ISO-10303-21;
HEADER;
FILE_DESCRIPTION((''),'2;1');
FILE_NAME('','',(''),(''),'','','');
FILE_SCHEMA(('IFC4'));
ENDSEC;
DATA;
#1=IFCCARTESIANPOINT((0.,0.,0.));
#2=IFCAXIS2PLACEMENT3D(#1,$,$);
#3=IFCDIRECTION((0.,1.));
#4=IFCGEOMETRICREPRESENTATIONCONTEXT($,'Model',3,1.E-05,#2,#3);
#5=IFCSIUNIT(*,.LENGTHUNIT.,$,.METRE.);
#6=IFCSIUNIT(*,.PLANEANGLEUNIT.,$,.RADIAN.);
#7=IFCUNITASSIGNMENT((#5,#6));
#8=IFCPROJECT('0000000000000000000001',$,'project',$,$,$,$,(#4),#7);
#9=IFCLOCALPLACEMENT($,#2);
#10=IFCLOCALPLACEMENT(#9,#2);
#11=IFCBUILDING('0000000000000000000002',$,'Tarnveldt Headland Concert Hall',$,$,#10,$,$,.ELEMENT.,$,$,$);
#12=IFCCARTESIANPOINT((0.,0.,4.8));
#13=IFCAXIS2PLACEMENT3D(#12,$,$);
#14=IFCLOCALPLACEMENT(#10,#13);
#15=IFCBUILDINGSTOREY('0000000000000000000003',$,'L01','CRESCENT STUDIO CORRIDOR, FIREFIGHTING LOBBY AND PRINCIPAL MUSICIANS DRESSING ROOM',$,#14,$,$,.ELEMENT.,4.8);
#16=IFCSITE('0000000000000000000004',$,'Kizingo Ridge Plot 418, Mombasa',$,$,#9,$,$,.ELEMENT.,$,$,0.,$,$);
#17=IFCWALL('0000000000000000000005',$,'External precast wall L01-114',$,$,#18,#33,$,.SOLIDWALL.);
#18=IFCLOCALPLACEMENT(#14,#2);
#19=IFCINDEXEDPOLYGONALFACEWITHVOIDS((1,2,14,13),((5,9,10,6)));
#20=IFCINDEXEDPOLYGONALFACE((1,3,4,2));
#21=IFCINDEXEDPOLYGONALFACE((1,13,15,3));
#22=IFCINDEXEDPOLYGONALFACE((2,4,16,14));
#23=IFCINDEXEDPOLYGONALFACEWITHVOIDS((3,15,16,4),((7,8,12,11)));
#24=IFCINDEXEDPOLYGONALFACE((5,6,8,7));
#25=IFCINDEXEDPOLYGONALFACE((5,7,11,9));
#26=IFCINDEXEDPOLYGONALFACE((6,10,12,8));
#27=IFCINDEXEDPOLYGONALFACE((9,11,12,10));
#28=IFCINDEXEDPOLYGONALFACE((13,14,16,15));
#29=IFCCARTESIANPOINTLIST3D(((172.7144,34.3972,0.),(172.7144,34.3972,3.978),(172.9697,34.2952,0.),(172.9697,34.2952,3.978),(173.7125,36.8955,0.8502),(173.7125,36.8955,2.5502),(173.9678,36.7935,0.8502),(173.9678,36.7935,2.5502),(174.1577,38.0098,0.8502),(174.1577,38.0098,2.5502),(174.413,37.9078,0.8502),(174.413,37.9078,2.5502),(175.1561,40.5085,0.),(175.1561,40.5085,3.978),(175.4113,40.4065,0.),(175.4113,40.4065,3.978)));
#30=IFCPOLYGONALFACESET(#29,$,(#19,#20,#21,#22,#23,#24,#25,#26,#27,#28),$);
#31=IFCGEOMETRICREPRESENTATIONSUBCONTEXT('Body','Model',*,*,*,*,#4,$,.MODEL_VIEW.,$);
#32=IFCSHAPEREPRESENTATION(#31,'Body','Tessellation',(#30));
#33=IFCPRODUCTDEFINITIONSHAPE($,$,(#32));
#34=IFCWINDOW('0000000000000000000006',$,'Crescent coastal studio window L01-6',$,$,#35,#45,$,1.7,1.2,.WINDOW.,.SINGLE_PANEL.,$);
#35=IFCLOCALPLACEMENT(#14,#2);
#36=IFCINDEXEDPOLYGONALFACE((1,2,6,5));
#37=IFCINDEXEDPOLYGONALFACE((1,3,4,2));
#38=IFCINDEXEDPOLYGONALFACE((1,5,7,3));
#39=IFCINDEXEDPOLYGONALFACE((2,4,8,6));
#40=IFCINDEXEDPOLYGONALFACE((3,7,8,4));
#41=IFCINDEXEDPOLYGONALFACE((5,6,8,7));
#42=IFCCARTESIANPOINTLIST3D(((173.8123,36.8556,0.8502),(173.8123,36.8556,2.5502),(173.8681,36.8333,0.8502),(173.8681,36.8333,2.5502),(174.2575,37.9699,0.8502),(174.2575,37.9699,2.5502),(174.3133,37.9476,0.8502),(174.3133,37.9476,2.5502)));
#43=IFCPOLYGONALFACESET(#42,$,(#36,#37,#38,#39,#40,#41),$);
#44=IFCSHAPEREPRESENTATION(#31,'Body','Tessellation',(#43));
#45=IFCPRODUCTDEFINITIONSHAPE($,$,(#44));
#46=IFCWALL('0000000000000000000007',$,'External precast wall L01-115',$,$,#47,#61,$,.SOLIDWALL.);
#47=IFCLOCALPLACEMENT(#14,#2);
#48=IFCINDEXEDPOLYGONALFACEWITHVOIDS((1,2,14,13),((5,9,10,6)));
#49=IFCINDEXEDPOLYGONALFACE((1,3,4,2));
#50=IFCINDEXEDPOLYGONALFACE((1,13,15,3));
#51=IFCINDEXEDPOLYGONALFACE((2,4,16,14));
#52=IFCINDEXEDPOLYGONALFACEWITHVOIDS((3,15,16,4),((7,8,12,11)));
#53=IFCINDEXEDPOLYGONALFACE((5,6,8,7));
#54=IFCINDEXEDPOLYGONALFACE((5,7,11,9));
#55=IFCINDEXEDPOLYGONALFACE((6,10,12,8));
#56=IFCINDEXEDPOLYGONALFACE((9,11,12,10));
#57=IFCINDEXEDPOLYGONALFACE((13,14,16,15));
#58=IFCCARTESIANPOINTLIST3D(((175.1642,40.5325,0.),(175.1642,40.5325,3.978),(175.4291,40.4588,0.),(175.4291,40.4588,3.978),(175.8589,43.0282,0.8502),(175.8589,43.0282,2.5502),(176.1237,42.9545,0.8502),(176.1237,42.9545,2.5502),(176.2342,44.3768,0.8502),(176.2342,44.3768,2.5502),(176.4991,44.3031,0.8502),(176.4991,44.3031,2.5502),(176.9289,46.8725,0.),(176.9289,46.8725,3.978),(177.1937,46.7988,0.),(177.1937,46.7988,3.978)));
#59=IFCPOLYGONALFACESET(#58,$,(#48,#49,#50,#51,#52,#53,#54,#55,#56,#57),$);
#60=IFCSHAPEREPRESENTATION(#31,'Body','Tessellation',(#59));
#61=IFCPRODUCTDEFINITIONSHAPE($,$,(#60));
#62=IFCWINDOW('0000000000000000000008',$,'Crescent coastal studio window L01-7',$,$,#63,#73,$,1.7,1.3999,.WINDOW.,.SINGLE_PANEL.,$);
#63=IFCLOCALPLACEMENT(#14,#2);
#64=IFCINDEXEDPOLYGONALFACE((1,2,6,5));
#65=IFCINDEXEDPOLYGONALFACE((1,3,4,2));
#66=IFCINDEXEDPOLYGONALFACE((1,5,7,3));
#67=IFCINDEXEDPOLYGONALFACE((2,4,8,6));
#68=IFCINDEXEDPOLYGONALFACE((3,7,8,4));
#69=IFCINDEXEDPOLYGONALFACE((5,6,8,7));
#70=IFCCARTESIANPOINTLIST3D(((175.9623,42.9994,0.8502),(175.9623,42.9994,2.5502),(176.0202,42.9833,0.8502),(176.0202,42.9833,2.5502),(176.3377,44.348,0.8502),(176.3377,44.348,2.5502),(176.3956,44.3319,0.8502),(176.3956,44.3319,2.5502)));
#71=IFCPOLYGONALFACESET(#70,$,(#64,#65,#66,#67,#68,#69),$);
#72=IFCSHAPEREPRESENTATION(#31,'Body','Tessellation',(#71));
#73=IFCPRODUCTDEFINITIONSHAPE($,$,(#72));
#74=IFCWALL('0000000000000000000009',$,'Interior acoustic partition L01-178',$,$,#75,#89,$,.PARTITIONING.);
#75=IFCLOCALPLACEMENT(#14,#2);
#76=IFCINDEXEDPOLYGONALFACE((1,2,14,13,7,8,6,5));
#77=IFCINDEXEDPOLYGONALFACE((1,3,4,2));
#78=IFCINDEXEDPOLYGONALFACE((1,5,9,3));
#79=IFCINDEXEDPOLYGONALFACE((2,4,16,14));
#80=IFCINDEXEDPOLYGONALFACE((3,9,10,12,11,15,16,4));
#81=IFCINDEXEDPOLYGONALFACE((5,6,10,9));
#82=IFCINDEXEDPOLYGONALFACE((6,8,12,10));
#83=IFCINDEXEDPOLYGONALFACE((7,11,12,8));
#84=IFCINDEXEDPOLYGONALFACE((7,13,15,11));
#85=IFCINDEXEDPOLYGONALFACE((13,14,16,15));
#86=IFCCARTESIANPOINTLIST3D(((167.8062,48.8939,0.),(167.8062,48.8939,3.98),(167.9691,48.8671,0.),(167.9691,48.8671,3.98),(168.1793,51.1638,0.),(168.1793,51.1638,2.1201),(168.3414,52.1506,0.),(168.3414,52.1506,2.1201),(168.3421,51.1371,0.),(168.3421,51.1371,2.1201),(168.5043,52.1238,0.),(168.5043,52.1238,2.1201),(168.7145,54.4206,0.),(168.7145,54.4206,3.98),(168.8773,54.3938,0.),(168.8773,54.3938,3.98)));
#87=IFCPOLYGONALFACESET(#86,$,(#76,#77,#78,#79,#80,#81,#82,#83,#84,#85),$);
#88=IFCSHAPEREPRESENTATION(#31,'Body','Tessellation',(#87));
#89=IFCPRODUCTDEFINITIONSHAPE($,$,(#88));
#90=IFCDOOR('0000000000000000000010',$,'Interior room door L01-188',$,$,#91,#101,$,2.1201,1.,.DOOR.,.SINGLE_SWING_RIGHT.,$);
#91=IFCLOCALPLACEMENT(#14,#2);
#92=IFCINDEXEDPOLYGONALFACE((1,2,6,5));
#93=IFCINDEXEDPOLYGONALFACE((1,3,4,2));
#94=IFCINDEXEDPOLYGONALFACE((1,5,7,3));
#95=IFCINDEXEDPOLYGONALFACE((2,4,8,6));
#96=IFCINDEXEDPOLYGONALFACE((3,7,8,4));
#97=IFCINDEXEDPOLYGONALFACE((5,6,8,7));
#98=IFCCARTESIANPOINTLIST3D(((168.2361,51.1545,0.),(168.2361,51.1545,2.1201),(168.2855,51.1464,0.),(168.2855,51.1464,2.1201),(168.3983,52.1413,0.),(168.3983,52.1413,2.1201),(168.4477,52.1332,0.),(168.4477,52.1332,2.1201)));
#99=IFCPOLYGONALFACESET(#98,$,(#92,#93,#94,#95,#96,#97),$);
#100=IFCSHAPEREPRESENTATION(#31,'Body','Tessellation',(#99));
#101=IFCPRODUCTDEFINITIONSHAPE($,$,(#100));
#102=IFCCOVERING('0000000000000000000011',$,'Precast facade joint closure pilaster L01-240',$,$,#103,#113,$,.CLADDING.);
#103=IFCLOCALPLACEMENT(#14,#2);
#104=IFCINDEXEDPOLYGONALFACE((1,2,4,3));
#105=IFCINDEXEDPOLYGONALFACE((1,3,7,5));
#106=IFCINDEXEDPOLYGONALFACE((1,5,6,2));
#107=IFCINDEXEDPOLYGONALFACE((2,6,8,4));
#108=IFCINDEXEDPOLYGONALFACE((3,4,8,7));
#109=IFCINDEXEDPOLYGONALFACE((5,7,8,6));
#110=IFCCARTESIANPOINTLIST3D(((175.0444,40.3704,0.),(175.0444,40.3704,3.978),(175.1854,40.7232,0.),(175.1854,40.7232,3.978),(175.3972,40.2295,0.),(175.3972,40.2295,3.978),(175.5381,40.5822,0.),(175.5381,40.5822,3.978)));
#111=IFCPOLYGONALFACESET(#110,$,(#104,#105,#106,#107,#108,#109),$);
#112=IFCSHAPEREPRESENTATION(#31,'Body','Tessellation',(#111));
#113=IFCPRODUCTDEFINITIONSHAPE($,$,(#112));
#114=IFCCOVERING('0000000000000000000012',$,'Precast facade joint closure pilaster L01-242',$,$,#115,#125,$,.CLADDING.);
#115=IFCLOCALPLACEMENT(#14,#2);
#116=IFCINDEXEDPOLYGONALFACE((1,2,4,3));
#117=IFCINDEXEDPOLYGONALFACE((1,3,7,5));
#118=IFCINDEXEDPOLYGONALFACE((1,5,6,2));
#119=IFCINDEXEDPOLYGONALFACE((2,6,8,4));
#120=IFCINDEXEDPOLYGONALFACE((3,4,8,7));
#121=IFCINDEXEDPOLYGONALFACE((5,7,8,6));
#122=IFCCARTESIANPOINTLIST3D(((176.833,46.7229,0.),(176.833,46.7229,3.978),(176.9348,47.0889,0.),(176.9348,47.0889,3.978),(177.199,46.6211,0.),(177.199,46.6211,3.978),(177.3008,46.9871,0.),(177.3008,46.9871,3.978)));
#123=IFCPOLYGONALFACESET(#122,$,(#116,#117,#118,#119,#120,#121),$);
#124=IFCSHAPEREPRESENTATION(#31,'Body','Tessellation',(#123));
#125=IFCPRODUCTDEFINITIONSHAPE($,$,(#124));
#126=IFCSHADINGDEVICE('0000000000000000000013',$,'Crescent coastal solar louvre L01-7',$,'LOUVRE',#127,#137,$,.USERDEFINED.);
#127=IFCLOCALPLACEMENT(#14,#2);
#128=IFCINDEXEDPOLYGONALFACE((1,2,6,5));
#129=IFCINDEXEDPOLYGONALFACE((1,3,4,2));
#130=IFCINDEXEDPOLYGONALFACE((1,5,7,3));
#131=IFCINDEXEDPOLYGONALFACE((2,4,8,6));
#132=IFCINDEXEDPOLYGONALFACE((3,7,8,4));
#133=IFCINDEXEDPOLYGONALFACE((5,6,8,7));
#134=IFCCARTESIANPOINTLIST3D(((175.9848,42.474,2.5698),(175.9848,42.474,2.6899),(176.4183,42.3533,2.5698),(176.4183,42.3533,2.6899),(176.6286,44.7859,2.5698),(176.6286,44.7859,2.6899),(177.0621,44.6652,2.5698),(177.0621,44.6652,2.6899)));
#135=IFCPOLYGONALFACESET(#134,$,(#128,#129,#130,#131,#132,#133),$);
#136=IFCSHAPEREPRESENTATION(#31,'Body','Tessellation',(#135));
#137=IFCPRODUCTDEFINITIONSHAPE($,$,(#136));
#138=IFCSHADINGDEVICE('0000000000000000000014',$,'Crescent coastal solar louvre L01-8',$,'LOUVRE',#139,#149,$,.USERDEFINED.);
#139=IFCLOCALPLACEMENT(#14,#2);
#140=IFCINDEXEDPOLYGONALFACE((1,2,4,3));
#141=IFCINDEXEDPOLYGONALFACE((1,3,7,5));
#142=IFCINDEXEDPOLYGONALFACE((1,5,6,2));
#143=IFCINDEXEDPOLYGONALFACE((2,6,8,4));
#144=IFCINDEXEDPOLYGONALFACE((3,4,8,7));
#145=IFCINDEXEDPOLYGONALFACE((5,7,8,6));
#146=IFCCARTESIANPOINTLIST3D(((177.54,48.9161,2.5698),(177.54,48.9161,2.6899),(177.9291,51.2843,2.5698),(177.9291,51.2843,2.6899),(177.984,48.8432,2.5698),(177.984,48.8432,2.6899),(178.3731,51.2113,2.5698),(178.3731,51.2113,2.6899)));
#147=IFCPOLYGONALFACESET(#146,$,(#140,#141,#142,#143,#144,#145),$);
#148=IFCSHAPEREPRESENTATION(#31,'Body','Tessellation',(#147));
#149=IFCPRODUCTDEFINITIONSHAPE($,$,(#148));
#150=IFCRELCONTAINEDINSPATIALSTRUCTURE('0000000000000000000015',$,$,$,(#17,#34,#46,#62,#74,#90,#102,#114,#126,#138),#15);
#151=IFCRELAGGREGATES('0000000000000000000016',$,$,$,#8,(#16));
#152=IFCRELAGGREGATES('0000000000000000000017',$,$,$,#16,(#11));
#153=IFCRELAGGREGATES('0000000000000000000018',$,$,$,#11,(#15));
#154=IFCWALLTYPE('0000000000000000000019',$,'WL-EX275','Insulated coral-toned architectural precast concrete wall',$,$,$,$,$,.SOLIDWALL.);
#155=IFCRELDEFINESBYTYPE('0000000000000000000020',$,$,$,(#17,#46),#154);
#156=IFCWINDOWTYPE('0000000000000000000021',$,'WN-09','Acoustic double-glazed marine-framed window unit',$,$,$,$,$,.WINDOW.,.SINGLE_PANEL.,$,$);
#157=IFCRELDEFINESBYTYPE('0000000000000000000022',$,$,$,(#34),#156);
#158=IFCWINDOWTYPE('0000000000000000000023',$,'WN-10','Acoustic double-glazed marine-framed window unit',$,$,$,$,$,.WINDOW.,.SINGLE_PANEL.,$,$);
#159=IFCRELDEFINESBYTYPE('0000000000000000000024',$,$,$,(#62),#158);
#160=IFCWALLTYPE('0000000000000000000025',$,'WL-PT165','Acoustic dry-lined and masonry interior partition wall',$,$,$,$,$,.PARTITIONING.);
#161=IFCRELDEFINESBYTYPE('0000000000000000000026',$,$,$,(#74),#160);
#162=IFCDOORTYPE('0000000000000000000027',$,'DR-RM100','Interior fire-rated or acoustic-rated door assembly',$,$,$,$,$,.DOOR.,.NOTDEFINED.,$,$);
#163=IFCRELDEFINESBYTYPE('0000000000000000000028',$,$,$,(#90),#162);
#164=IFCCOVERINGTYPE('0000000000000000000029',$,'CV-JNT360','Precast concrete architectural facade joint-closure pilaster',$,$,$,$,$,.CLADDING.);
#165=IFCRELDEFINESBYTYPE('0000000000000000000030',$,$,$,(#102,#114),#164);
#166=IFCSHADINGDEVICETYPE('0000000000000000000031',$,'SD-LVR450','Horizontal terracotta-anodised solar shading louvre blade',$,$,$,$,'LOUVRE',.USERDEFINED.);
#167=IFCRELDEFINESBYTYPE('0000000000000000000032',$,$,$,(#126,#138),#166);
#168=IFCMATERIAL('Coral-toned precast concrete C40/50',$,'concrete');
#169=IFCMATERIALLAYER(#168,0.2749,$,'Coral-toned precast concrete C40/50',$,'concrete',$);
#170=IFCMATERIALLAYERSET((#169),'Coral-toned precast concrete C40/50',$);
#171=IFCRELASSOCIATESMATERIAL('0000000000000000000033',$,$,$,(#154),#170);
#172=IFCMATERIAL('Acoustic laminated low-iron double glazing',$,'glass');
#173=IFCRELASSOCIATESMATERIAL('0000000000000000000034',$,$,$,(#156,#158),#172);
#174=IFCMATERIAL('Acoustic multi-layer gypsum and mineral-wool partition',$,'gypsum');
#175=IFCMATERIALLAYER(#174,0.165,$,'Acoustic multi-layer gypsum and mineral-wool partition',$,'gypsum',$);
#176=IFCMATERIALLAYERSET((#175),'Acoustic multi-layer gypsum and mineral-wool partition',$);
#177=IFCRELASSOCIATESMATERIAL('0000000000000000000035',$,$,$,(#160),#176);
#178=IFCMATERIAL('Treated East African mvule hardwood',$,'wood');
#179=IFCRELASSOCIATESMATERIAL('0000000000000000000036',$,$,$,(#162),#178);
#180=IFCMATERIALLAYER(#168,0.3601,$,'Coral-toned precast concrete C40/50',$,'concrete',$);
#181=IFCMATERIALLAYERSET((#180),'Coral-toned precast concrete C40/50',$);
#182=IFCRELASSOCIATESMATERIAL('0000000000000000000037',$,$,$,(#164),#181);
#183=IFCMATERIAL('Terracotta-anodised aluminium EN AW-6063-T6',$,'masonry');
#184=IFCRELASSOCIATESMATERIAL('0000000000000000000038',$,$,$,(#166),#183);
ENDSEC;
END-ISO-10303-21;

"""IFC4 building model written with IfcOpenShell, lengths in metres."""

from ifc_helpers import new_model, si_unit, direction, frame, frame_2d, origin, origin_2d, place, context, subcontext, project, spatial, rectangle, extrude, material, layer, layer_set, type_object, element, fill, save


model = new_model("IFC4")

# Units and contexts
model_context = context("Model", 3, precision=1e-05, world=origin(), true_north=direction((0.0, 1.0)))
body_context = subcontext(model_context, "Body", "Model", "MODEL_VIEW")
ifc_project = project(units=[si_unit("LENGTHUNIT", "METRE"), si_unit("PLANEANGLEUNIT", "RADIAN")], contexts=[model_context])

# Site, building, storey
site_placement = place(None, origin())
site = spatial("IfcSite", under=ifc_project, at=site_placement, Name="Kizingo Ridge Plot 418, Mombasa", CompositionType="ELEMENT", RefElevation=0.0)
building_placement = place(site_placement, origin())
building = spatial("IfcBuilding", under=site, at=building_placement, Name="Tarnveldt Headland Concert Hall", CompositionType="ELEMENT")
storey_placement = place(building_placement, frame((0.0, 0.0, 4.8)))
storey = spatial("IfcBuildingStorey", under=building, at=storey_placement, Name="L01", Description="CRESCENT STUDIO CORRIDOR, FIREFIGHTING LOBBY AND PRINCIPAL MUSICIANS DRESSING ROOM", CompositionType="ELEMENT", Elevation=4.8)

# Walls, openings, windows
ifc_material_1 = material(Name="Coral-toned precast concrete C40/50", Category="concrete")
ifc_layer_1 = layer(ifc_material_1, 0.2749, Name="Coral-toned precast concrete C40/50", Category="concrete")
ifc_layer_set_1 = layer_set([ifc_layer_1], Name="Coral-toned precast concrete C40/50")
wall_type_1 = type_object("IfcWallType", Name="WL-EX275", Description="Insulated coral-toned architectural precast concrete wall", PredefinedType="SOLIDWALL", material=ifc_layer_set_1)
wall_1_placement = place(storey_placement, frame((175.2837, 40.4575, 0.0), z_axis=(0.0, 0.0, 1.0), x_axis=(-0.371013, -0.928628, 0.0)))
wall_1 = element("IfcWall", 1, at=wall_1_placement, inside=storey, type_object=wall_type_1, Name="External precast wall L01-114", PredefinedType="SOLIDWALL", context=body_context, shape_type="SweptSolid", body=[
    extrude(rectangle(XDim=6.5811, YDim=0.2749, at=frame_2d((3.2905, 0.0))), origin(), (0.0, 0.0, 1.0), 3.978),
])
opening_1_placement = place(wall_1_placement, frame((2.6907, 0.0, 0.8501)))
opening_1 = element("IfcOpeningElement", 2, at=opening_1_placement, cuts=wall_1, PredefinedType="OPENING", context=body_context, shape_type="SweptSolid", body=[
    extrude(rectangle(XDim=1.2, YDim=1.7, at=frame_2d((0.6001, 0.8501))), frame((0.0, 0.1475, 0.0), z_axis=(0.0, -1.0, 0.0), x_axis=(1.0, 0.0, 0.0)), (0.0, 0.0, 1.0), 0.2949),
])
ifc_material_2 = material(Name="Acoustic laminated low-iron double glazing", Category="glass")
window_type_1 = type_object("IfcWindowType", Name="WN-09", Description="Acoustic double-glazed marine-framed window unit", PartitioningType="SINGLE_PANEL", PredefinedType="WINDOW", material=ifc_material_2)
window_1_placement = place(opening_1_placement, origin())
window_1 = element("IfcWindow", 3, at=window_1_placement, inside=storey, type_object=window_type_1, Name="Crescent coastal studio window L01-6", OverallHeight=1.7, OverallWidth=1.2, PartitioningType="SINGLE_PANEL", PredefinedType="WINDOW", context=body_context, shape_type="SweptSolid", body=[
    extrude(rectangle(XDim=1.2, YDim=1.7, at=frame_2d((0.6001, 0.8501))), frame((0.0, 0.03, 0.0), z_axis=(0.0, -1.0, 0.0), x_axis=(1.0, 0.0, 0.0)), (0.0, 0.0, 1.0), 0.0601),
])
fill(opening_1, window_1)
wall_2_placement = place(storey_placement, frame((177.0613, 46.8357, 0.0), z_axis=(0.0, 0.0, 1.0), x_axis=(-0.268139, -0.96338, 0.0)))
wall_2 = element("IfcWall", 4, at=wall_2_placement, inside=storey, type_object=wall_type_1, Name="External precast wall L01-115", PredefinedType="SOLIDWALL", context=body_context, shape_type="SweptSolid", body=[
    extrude(rectangle(XDim=6.5811, YDim=0.2749, at=frame_2d((3.2905, 0.0))), origin(), (0.0, 0.0, 1.0), 3.978),
])
opening_2_placement = place(wall_2_placement, frame((2.5906, 0.0, 0.8501)))
opening_2 = element("IfcOpeningElement", 5, at=opening_2_placement, cuts=wall_2, PredefinedType="OPENING", context=body_context, shape_type="SweptSolid", body=[
    extrude(rectangle(XDim=1.3999, YDim=1.7, at=frame_2d((0.7, 0.8501))), frame((0.0, 0.1475, 0.0), z_axis=(0.0, -1.0, 0.0), x_axis=(1.0, 0.0, 0.0)), (0.0, 0.0, 1.0), 0.2949),
])
window_type_2 = type_object("IfcWindowType", Name="WN-10", Description="Acoustic double-glazed marine-framed window unit", PartitioningType="SINGLE_PANEL", PredefinedType="WINDOW", material=ifc_material_2)
window_2_placement = place(opening_2_placement, origin())
window_2 = element("IfcWindow", 6, at=window_2_placement, inside=storey, type_object=window_type_2, Name="Crescent coastal studio window L01-7", OverallHeight=1.7, OverallWidth=1.3999, PartitioningType="SINGLE_PANEL", PredefinedType="WINDOW", context=body_context, shape_type="SweptSolid", body=[
    extrude(rectangle(XDim=1.3999, YDim=1.7, at=frame_2d((0.7, 0.8501))), frame((0.0, 0.03, 0.0), z_axis=(0.0, -1.0, 0.0), x_axis=(1.0, 0.0, 0.0)), (0.0, 0.0, 1.0), 0.0601),
])
fill(opening_2, window_2)

# Wall, opening, door
ifc_material_3 = material(Name="Acoustic multi-layer gypsum and mineral-wool partition", Category="gypsum")
ifc_layer_2 = layer(ifc_material_3, 0.165, Name="Acoustic multi-layer gypsum and mineral-wool partition", Category="gypsum")
ifc_layer_set_2 = layer_set([ifc_layer_2], Name="Acoustic multi-layer gypsum and mineral-wool partition")
wall_type_2 = type_object("IfcWallType", Name="WL-PT165", Description="Acoustic dry-lined and masonry interior partition wall", PredefinedType="PARTITIONING", material=ifc_layer_set_2)
wall_3_placement = place(storey_placement, frame((167.8877, 48.8806, 0.0), z_axis=(0.0, 0.0, 1.0), x_axis=(0.162158, 0.986765, 0.0)))
wall_3 = element("IfcWall", 7, at=wall_3_placement, inside=storey, type_object=wall_type_2, Name="Interior acoustic partition L01-178", PredefinedType="PARTITIONING", context=body_context, shape_type="SweptSolid", body=[
    extrude(rectangle(XDim=5.6008, YDim=0.165, at=frame_2d((2.8003, 0.0))), origin(), (0.0, 0.0, 1.0), 3.98),
])
opening_3_placement = place(wall_3_placement, frame((2.3003, 0.0, 0.0)))
opening_3 = element("IfcOpeningElement", 8, at=opening_3_placement, cuts=wall_3, PredefinedType="OPENING", context=body_context, shape_type="SweptSolid", body=[
    extrude(rectangle(XDim=1.0, YDim=2.1201, at=frame_2d((0.5, 1.0601))), frame((0.0, 0.0925, 0.0), z_axis=(0.0, -1.0, 0.0), x_axis=(1.0, 0.0, 0.0)), (0.0, 0.0, 1.0), 0.1851),
])
ifc_material_4 = material(Name="Treated East African mvule hardwood", Category="wood")
door_type = type_object("IfcDoorType", Name="DR-RM100", Description="Interior fire-rated or acoustic-rated door assembly", OperationType="NOTDEFINED", PredefinedType="DOOR", material=ifc_material_4)
door_placement = place(opening_3_placement, origin())
door = element("IfcDoor", 9, at=door_placement, inside=storey, type_object=door_type, Name="Interior room door L01-188", OperationType="SINGLE_SWING_RIGHT", OverallHeight=2.1201, OverallWidth=1.0, PredefinedType="DOOR", context=body_context, shape_type="SweptSolid", body=[
    extrude(rectangle(XDim=1.0, YDim=2.1201, at=frame_2d((0.5, 1.0601))), frame((0.0, 0.0249, 0.0), z_axis=(0.0, -1.0, 0.0), x_axis=(1.0, 0.0, 0.0)), (0.0, 0.0, 1.0), 0.05),
])
fill(opening_3, door)

# Coverings
ifc_layer_3 = layer(ifc_material_1, 0.3601, Name="Coral-toned precast concrete C40/50", Category="concrete")
ifc_layer_set_3 = layer_set([ifc_layer_3], Name="Coral-toned precast concrete C40/50")
covering_type = type_object("IfcCoveringType", Name="CV-JNT360", Description="Precast concrete architectural facade joint-closure pilaster", PredefinedType="CLADDING", material=ifc_layer_set_3)
for number, where, z_axis, x_axis, name in (
    (10, (175.2913, 40.4763, 0.0), (0.0, 0.0, 1.0), (-0.371044, -0.928615, 0.0), "Precast facade joint closure pilaster L01-240"),
    (11, (177.0669, 46.855, 0.0), (0.0, 0.0, 1.0), (-0.268079, -0.963397, 0.0), "Precast facade joint closure pilaster L01-242"),
):
    element("IfcCovering", number, at=place(storey_placement, frame(where, z_axis=z_axis, x_axis=x_axis)), inside=storey, type_object=covering_type, Name=name, PredefinedType="CLADDING", context=body_context, shape_type="SweptSolid", body=[
        extrude(rectangle(XDim=0.3799, YDim=0.3799, at=origin_2d()), origin(), (0.0, 0.0, 1.0), 3.978),
    ])

# Shading devices
ifc_material_5 = material(Name="Terracotta-anodised aluminium EN AW-6063-T6", Category="masonry")
shading_device_type = type_object("IfcShadingDeviceType", Name="SD-LVR450", Description="Horizontal terracotta-anodised solar shading louvre blade", ElementType="LOUVRE", PredefinedType="USERDEFINED", material=ifc_material_5)
for number, where, z_axis, x_axis, name in (
    (12, (176.5234, 43.5696, 2.5698), (0.0, 0.0, 1.0), (0.96335, -0.268247, 0.0), "Crescent coastal solar louvre L01-7"),
    (13, (177.9565, 50.0637, 2.5698), (0.0, 0.0, 1.0), (0.986771, -0.162121, 0.0), "Crescent coastal solar louvre L01-8"),
):
    element("IfcShadingDevice", number, at=place(storey_placement, frame(where, z_axis=z_axis, x_axis=x_axis)), inside=storey, type_object=shading_device_type, Name=name, ObjectType="LOUVRE", PredefinedType="USERDEFINED", context=body_context, shape_type="SweptSolid", body=[
        extrude(rectangle(XDim=0.45, YDim=2.3999, at=origin_2d()), origin(), (0.0, 0.0, 1.0), 0.1201),
    ])

save(model, "model.ifc")
